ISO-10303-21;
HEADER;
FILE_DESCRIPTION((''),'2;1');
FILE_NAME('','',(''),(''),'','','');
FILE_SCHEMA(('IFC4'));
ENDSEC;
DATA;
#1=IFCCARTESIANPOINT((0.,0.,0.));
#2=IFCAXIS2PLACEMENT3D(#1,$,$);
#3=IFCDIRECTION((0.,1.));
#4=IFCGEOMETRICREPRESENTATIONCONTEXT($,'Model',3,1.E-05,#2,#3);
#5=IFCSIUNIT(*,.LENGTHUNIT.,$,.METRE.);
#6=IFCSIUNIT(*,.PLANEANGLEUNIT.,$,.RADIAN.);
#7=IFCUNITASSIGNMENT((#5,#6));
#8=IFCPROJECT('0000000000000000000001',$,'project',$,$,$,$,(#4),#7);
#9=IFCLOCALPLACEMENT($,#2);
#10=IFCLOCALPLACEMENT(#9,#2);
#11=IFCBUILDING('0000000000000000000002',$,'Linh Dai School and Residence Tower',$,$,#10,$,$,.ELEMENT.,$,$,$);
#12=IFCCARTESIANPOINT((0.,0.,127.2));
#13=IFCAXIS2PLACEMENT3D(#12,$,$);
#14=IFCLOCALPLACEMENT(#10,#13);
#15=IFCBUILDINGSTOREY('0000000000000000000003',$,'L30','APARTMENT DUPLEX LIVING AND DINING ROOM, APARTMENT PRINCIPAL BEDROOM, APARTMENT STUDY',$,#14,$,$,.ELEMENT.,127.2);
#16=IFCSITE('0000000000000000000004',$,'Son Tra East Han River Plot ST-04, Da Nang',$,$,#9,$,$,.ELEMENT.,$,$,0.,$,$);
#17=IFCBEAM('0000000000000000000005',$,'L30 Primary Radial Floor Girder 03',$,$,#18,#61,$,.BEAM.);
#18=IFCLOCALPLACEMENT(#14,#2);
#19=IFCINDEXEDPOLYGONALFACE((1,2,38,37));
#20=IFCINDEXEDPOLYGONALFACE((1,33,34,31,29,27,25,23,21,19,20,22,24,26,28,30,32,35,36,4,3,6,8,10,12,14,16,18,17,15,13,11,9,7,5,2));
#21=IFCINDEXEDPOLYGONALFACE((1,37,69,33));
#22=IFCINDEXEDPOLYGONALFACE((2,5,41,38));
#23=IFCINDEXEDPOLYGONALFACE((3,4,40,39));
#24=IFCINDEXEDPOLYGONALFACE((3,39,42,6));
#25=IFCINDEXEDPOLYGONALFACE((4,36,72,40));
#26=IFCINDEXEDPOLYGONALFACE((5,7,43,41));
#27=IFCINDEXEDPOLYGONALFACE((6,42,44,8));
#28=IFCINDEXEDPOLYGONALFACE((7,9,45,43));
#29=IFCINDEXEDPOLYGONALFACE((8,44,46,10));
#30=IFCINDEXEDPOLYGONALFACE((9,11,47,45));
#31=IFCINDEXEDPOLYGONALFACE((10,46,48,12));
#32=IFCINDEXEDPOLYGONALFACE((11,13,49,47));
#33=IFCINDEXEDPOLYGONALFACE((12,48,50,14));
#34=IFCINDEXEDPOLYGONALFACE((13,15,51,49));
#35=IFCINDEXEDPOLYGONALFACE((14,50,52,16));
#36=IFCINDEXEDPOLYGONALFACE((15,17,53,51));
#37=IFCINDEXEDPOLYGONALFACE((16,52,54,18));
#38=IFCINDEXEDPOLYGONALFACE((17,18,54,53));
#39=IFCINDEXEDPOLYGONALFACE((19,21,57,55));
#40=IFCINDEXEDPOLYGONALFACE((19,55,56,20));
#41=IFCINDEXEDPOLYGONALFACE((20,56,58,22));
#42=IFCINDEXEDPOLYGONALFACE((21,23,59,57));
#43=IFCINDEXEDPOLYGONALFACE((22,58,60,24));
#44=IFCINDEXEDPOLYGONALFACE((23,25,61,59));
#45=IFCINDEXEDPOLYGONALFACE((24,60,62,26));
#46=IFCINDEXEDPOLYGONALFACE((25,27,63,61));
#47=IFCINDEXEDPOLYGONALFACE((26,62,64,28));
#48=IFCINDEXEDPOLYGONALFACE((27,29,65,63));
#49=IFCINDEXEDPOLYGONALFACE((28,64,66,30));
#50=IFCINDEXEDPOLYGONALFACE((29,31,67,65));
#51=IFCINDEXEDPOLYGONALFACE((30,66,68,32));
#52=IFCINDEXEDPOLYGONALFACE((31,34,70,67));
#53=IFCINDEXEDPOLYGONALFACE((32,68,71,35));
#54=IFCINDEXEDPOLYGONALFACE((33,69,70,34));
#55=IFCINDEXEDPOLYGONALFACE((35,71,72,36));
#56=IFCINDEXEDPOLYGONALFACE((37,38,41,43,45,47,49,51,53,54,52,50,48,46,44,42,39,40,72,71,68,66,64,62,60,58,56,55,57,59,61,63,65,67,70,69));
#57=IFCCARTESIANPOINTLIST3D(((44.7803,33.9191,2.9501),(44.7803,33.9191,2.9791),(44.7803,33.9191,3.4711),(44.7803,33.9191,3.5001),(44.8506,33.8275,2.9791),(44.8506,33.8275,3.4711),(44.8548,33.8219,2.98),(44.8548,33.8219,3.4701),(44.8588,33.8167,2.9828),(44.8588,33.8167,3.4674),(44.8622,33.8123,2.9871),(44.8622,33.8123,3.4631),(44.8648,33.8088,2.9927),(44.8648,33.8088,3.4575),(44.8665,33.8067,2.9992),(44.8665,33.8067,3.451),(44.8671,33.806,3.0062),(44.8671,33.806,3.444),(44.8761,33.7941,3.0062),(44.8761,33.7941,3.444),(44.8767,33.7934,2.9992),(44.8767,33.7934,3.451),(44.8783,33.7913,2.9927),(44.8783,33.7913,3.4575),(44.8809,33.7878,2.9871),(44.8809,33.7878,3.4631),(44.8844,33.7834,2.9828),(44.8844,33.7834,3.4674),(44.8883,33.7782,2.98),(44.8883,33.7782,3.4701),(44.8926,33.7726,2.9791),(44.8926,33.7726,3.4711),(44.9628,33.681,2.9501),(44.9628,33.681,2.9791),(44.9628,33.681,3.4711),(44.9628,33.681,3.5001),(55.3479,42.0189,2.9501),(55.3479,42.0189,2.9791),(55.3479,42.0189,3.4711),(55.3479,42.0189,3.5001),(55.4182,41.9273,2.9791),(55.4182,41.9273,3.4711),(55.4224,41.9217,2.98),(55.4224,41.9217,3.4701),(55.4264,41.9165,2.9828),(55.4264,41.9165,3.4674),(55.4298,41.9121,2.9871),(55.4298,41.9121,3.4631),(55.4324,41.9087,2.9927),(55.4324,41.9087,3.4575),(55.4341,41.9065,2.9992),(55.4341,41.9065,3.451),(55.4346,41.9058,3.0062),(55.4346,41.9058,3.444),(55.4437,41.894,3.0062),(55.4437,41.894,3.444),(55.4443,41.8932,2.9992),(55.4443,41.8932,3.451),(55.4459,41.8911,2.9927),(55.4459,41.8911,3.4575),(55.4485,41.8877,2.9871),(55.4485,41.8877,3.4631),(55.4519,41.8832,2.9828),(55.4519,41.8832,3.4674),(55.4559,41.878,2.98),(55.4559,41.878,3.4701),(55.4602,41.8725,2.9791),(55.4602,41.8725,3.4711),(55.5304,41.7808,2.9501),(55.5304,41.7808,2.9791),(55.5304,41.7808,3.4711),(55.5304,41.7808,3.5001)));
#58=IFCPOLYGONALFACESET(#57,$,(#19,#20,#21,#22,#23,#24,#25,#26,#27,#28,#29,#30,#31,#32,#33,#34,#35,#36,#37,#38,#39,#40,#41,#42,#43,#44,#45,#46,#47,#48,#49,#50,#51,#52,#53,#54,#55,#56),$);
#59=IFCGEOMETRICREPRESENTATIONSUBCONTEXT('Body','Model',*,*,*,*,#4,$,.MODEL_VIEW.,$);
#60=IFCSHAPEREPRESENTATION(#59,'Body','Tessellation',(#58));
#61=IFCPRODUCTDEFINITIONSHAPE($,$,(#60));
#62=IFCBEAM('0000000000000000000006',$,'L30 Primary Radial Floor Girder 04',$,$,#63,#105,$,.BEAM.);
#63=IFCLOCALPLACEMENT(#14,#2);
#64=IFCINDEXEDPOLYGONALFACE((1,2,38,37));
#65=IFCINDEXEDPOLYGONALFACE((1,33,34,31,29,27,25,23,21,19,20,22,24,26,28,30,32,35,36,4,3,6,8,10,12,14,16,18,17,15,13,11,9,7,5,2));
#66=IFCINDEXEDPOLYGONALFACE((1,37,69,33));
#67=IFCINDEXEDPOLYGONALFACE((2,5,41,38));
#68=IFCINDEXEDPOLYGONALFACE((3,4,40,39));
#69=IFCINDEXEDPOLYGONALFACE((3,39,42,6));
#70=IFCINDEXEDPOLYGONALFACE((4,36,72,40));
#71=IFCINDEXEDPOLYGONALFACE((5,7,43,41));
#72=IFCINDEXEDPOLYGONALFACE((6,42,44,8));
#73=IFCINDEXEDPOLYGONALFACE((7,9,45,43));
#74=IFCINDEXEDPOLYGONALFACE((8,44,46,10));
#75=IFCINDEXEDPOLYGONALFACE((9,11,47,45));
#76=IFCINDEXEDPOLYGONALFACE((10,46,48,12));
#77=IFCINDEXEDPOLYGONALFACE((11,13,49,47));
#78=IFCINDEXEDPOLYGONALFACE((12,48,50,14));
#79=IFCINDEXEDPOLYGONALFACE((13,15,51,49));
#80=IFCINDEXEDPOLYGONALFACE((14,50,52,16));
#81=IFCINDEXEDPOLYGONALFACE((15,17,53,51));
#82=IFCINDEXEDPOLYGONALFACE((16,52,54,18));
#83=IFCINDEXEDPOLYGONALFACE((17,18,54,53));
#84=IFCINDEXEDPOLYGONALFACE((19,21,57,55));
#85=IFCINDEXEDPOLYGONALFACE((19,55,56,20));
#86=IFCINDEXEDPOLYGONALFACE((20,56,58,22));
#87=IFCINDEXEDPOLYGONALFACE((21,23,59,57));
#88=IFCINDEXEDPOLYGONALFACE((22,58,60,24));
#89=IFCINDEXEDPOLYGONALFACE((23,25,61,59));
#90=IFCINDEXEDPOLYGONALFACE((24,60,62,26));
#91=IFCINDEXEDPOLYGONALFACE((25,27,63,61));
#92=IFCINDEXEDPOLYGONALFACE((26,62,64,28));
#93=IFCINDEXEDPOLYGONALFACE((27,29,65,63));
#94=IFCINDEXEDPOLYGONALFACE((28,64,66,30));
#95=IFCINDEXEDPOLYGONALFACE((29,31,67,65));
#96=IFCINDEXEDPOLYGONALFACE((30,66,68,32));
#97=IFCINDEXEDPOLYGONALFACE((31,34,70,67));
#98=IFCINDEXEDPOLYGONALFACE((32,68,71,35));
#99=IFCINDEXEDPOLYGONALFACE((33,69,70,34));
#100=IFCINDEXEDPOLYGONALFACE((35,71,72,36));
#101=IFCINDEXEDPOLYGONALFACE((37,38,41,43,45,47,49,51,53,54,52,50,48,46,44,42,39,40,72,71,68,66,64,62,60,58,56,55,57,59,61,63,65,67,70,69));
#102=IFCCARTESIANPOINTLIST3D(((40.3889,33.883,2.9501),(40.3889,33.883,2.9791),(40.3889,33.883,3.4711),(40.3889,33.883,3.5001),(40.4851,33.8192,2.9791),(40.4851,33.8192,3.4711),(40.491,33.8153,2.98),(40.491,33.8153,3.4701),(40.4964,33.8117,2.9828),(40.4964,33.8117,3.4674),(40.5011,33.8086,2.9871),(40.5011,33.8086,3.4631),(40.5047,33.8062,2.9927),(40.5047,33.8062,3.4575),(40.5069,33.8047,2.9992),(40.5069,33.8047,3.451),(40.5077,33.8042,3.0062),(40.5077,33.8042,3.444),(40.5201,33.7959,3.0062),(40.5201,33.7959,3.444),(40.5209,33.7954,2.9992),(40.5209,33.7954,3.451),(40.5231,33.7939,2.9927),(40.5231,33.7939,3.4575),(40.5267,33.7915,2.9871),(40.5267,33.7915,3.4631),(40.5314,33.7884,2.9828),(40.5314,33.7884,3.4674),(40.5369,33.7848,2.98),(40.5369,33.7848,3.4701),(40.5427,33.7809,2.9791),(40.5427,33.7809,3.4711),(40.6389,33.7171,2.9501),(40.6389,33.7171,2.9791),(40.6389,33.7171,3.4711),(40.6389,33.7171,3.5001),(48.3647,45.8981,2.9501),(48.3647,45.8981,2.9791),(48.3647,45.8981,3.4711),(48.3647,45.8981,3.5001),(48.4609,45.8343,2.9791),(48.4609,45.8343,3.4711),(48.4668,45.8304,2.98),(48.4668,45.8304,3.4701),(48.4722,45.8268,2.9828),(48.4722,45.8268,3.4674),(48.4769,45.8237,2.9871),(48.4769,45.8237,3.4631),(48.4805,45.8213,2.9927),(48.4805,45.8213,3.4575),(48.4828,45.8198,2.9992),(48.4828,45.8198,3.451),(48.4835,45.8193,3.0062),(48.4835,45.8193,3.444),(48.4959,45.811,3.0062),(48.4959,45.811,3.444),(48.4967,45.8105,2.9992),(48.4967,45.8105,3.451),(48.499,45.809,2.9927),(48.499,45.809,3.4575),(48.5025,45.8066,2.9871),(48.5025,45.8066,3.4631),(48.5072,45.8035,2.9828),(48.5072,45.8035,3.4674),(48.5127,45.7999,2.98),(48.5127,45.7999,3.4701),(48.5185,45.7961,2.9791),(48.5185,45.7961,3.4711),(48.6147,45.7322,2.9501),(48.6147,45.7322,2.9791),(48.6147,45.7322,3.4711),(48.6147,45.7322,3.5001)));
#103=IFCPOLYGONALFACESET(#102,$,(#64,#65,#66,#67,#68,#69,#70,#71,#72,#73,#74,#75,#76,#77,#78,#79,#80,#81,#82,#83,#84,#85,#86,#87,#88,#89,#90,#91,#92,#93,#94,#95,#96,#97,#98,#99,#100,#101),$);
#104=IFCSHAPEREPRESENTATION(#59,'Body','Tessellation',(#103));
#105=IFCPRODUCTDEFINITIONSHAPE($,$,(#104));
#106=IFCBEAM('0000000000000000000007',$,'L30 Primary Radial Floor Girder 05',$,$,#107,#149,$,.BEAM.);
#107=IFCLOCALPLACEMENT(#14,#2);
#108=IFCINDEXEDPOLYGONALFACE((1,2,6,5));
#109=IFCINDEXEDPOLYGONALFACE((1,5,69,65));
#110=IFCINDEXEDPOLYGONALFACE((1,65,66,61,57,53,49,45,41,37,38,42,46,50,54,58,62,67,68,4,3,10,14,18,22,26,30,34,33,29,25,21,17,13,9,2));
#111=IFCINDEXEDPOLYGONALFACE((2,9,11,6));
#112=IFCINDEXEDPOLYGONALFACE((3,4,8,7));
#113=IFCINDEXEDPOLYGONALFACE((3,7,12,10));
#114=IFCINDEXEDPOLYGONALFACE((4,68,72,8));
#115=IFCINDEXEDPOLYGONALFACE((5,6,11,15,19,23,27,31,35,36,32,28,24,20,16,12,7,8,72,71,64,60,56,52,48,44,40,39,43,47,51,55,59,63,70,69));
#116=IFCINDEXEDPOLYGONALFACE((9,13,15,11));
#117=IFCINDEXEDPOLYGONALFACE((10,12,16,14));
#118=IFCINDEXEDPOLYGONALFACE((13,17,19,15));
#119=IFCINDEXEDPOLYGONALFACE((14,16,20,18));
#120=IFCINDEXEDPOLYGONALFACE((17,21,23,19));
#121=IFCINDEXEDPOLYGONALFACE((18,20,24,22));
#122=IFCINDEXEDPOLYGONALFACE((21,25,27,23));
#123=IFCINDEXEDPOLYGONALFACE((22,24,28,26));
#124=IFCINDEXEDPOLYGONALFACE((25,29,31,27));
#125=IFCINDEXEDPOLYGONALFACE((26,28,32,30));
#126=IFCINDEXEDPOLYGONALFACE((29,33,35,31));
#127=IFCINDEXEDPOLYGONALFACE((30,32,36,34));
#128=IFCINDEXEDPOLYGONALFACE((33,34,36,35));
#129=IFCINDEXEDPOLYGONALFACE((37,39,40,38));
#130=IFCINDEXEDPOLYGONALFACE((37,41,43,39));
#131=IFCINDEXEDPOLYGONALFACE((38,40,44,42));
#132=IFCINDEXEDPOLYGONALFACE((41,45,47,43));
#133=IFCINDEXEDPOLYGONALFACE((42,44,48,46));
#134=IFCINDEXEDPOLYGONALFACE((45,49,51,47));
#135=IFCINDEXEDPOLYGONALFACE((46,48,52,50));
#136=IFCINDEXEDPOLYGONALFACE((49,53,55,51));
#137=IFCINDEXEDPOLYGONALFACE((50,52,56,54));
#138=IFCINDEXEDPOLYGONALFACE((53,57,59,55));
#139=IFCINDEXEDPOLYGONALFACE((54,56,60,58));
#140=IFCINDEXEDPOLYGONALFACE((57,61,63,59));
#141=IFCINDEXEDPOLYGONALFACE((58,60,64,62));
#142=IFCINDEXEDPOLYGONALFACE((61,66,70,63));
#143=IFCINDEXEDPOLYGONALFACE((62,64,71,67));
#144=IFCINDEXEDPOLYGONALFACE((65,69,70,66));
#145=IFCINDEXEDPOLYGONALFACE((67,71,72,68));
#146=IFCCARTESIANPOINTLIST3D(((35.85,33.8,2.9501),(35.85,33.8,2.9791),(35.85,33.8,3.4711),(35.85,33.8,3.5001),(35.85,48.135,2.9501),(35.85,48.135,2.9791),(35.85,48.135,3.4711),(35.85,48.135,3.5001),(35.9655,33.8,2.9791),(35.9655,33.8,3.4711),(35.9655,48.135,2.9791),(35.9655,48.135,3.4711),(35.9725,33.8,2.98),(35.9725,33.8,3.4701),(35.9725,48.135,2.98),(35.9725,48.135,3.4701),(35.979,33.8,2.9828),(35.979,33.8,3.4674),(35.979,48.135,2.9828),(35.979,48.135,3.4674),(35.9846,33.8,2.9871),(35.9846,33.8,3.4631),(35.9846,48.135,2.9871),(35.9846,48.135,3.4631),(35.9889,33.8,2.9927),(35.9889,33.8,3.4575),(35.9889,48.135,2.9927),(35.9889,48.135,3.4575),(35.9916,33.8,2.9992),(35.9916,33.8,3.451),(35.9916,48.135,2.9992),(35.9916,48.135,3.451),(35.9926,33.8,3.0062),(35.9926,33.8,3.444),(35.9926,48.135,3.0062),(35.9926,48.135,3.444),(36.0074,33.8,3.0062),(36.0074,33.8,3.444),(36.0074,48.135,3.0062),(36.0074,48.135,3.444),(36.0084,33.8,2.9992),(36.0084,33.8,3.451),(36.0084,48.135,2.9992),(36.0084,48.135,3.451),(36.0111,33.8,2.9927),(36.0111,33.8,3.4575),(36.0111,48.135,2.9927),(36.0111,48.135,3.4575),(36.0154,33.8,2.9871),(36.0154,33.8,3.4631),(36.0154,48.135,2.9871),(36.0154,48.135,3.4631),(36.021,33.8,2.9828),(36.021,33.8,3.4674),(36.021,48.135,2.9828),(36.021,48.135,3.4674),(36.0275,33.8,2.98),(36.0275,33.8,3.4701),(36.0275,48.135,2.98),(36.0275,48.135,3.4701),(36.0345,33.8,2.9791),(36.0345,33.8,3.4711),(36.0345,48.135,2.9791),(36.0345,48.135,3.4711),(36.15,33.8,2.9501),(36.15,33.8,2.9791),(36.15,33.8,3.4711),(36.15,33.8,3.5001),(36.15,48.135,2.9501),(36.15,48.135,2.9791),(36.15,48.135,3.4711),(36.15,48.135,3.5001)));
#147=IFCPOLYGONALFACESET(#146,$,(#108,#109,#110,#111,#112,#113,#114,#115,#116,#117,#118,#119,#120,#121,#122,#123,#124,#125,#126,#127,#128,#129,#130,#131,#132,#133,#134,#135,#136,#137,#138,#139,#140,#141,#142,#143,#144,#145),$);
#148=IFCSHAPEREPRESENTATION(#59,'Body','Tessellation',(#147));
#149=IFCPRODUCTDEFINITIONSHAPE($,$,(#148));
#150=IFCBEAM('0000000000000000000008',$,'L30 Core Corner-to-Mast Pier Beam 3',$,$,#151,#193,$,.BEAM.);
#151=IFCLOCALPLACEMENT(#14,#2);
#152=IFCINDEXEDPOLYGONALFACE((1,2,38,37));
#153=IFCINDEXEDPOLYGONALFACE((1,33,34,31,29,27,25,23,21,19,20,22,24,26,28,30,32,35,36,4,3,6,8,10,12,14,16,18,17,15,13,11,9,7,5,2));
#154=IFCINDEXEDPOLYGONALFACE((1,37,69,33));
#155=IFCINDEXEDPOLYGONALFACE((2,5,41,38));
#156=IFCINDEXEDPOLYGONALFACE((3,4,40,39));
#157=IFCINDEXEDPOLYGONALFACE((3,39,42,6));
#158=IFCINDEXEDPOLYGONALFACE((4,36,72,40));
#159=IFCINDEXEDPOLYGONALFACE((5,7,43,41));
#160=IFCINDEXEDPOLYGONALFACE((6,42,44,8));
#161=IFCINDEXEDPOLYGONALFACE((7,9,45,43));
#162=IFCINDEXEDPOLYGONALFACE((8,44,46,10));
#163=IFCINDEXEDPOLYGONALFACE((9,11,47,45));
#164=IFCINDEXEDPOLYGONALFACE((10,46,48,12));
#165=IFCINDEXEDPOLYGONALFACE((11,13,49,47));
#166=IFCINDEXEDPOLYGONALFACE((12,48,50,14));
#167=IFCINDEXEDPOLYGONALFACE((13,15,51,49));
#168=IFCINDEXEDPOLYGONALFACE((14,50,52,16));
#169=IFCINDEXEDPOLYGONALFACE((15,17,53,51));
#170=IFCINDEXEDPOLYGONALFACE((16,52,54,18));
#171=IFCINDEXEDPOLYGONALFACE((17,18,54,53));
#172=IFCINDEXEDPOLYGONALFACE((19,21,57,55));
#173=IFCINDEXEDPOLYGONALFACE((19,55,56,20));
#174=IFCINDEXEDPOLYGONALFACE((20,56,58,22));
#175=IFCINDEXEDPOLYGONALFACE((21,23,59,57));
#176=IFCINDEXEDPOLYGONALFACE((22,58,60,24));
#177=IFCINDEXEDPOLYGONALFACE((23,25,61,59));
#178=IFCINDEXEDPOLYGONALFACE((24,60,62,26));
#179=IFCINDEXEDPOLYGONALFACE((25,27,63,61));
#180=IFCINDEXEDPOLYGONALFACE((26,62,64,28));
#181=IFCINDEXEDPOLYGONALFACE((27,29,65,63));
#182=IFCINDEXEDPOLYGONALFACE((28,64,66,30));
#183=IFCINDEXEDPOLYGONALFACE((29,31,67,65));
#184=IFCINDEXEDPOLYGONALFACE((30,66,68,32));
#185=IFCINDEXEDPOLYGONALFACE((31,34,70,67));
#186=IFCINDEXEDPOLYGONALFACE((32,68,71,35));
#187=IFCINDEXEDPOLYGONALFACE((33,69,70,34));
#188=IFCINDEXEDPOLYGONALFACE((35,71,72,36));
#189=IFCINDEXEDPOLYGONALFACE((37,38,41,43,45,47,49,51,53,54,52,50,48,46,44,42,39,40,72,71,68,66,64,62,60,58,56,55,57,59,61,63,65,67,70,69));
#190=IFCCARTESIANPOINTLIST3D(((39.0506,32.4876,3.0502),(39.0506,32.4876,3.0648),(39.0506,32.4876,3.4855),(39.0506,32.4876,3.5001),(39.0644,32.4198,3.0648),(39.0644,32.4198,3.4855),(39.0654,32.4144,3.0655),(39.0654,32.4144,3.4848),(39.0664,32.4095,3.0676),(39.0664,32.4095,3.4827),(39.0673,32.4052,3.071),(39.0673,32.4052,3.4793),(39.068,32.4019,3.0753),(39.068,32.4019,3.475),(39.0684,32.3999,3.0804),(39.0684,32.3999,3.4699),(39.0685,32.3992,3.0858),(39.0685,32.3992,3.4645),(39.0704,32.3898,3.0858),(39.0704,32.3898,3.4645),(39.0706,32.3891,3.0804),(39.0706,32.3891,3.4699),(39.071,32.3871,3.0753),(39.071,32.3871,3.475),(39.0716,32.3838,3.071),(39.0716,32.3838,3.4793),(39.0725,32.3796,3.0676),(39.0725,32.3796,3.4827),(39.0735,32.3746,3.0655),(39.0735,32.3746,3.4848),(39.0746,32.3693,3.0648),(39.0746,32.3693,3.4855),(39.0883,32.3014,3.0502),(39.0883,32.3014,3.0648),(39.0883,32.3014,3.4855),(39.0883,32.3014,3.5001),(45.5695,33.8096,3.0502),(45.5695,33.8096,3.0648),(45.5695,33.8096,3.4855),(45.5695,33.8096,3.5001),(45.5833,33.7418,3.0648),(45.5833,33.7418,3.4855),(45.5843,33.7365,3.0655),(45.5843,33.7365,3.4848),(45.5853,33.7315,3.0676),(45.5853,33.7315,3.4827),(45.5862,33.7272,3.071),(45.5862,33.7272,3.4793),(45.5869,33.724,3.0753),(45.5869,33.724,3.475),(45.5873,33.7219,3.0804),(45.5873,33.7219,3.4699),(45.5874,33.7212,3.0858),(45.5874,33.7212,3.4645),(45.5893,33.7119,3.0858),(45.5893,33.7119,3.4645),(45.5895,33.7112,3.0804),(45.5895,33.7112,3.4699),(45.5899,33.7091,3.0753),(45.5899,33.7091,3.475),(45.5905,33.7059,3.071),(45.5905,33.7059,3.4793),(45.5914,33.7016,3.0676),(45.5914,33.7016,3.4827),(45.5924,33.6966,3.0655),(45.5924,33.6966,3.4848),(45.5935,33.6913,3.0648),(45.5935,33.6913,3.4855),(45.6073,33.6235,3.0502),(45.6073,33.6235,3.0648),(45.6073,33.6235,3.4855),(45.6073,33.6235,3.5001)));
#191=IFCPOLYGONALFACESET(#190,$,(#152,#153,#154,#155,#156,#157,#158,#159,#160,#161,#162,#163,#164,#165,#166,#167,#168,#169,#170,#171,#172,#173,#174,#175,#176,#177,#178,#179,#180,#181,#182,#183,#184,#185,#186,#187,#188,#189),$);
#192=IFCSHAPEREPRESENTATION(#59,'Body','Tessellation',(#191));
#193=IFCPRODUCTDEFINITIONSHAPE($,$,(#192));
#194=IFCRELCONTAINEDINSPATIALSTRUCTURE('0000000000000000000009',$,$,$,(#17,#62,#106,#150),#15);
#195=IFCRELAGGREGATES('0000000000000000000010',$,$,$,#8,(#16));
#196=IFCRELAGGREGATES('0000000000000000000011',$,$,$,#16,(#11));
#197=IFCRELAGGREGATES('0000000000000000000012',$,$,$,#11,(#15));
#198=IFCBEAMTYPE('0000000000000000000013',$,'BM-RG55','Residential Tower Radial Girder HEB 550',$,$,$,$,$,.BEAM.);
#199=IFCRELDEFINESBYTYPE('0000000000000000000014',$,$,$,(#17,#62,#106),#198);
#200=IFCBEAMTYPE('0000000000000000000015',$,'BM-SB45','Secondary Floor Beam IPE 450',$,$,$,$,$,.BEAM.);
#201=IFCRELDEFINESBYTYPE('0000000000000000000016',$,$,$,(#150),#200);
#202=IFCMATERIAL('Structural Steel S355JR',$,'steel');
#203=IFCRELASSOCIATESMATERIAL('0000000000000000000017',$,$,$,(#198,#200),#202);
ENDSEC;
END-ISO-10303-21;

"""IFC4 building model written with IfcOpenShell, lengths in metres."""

from ifc_helpers import new_model, si_unit, direction, frame, origin, origin_2d, place, context, subcontext, project, spatial, i_section, extrude, material, material_profile, profile_set, type_object, element, save


model = new_model("IFC4")

# Units and contexts
model_context = context("Model", 3, precision=1e-05, world=origin(), true_north=direction((0.0, 1.0)))
body_context = subcontext(model_context, "Body", "Model", "MODEL_VIEW")
ifc_project = project(units=[si_unit("LENGTHUNIT", "METRE"), si_unit("PLANEANGLEUNIT", "RADIAN")], contexts=[model_context])

# Site, building, storey
site_placement = place(None, origin())
site = spatial("IfcSite", under=ifc_project, at=site_placement, Name="Son Tra East Han River Plot ST-04, Da Nang", CompositionType="ELEMENT", RefElevation=0.0)
building_placement = place(site_placement, origin())
building = spatial("IfcBuilding", under=site, at=building_placement, Name="Linh Dai School and Residence Tower", CompositionType="ELEMENT")
storey_placement = place(building_placement, frame((0.0, 0.0, 127.2)))
storey = spatial("IfcBuildingStorey", under=building, at=storey_placement, Name="L30", Description="APARTMENT DUPLEX LIVING AND DINING ROOM, APARTMENT PRINCIPAL BEDROOM, APARTMENT STUDY", CompositionType="ELEMENT", Elevation=127.2)

# Shared definitions
ifc_material_1 = material(Name="Structural Steel S355JR", Category="steel")

# Beams
ifc_material_profile_1 = material_profile(ifc_material_1, i_section(OverallWidth=0.3, OverallDepth=0.55, WebThickness=0.0149, FlangeThickness=0.0291, FilletRadius=0.0271, at=origin_2d()), Name="HEB 550")
ifc_profile_set_1 = profile_set([ifc_material_profile_1], Name="Structural Steel S355JR")
beam_type_1 = type_object("IfcBeamType", Name="BM-RG55", Description="Residential Tower Radial Girder HEB 550", PredefinedType="BEAM", material=ifc_profile_set_1)
beam_1_placement = place(storey_placement, frame((44.8716, 33.8, 3.2251), z_axis=(0.793679, 0.608337, 0.0), x_axis=(-0.608337, 0.793679, 0.0)))
element("IfcBeam", 1, at=beam_1_placement, inside=storey, type_object=beam_type_1, Name="L30 Primary Radial Floor Girder 03", PredefinedType="BEAM", context=body_context, shape_type="SweptSolid", body=[
    extrude(i_section(OverallWidth=0.3, OverallDepth=0.55, WebThickness=0.0149, FlangeThickness=0.0291, FilletRadius=0.0271, at=origin_2d()), origin(), (0.0, 0.0, 1.0), 13.3147),
])
beam_2_placement = place(storey_placement, frame((40.5139, 33.8, 3.2251), z_axis=(0.553054, 0.833145, 0.0), x_axis=(-0.833145, 0.553054, 0.0)))
element("IfcBeam", 2, at=beam_2_placement, inside=storey, type_object=beam_type_1, Name="L30 Primary Radial Floor Girder 04", PredefinedType="BEAM", context=body_context, shape_type="SweptSolid", body=[
    extrude(i_section(OverallWidth=0.3, OverallDepth=0.55, WebThickness=0.0149, FlangeThickness=0.0291, FilletRadius=0.0271, at=origin_2d()), origin(), (0.0, 0.0, 1.0), 14.4214),
])
beam_3_placement = place(storey_placement, frame((36.0, 33.8, 3.2251), z_axis=(0.0, 1.0, 0.0), x_axis=(-1.0, 0.0, 0.0)))
element("IfcBeam", 3, at=beam_3_placement, inside=storey, type_object=beam_type_1, Name="L30 Primary Radial Floor Girder 05", PredefinedType="BEAM", context=body_context, shape_type="SweptSolid", body=[
    extrude(i_section(OverallWidth=0.3, OverallDepth=0.55, WebThickness=0.0149, FlangeThickness=0.0291, FilletRadius=0.0271, at=origin_2d()), origin(), (0.0, 0.0, 1.0), 14.335),
])
ifc_material_profile_2 = material_profile(ifc_material_1, i_section(OverallWidth=0.1899, OverallDepth=0.45, WebThickness=0.0095, FlangeThickness=0.0146, FilletRadius=0.021, at=origin_2d()), Name="IPE 450")
ifc_profile_set_2 = profile_set([ifc_material_profile_2], Name="Structural Steel S355JR")
beam_type_2 = type_object("IfcBeamType", Name="BM-SB45", Description="Secondary Floor Beam IPE 450", PredefinedType="BEAM", material=ifc_profile_set_2)
beam_4_placement = place(storey_placement, frame((45.5884, 33.7166, 3.2751), z_axis=(-0.980049, -0.198755, 0.0), x_axis=(0.198755, -0.980049, 0.0)))
element("IfcBeam", 4, at=beam_4_placement, inside=storey, type_object=beam_type_2, Name="L30 Core Corner-to-Mast Pier Beam 3", PredefinedType="BEAM", context=body_context, shape_type="SweptSolid", body=[
    extrude(i_section(OverallWidth=0.1899, OverallDepth=0.45, WebThickness=0.0095, FlangeThickness=0.0146, FilletRadius=0.021, at=origin_2d()), origin(), (0.0, 0.0, 1.0), 6.6516),
])

save(model, "model.ifc")
